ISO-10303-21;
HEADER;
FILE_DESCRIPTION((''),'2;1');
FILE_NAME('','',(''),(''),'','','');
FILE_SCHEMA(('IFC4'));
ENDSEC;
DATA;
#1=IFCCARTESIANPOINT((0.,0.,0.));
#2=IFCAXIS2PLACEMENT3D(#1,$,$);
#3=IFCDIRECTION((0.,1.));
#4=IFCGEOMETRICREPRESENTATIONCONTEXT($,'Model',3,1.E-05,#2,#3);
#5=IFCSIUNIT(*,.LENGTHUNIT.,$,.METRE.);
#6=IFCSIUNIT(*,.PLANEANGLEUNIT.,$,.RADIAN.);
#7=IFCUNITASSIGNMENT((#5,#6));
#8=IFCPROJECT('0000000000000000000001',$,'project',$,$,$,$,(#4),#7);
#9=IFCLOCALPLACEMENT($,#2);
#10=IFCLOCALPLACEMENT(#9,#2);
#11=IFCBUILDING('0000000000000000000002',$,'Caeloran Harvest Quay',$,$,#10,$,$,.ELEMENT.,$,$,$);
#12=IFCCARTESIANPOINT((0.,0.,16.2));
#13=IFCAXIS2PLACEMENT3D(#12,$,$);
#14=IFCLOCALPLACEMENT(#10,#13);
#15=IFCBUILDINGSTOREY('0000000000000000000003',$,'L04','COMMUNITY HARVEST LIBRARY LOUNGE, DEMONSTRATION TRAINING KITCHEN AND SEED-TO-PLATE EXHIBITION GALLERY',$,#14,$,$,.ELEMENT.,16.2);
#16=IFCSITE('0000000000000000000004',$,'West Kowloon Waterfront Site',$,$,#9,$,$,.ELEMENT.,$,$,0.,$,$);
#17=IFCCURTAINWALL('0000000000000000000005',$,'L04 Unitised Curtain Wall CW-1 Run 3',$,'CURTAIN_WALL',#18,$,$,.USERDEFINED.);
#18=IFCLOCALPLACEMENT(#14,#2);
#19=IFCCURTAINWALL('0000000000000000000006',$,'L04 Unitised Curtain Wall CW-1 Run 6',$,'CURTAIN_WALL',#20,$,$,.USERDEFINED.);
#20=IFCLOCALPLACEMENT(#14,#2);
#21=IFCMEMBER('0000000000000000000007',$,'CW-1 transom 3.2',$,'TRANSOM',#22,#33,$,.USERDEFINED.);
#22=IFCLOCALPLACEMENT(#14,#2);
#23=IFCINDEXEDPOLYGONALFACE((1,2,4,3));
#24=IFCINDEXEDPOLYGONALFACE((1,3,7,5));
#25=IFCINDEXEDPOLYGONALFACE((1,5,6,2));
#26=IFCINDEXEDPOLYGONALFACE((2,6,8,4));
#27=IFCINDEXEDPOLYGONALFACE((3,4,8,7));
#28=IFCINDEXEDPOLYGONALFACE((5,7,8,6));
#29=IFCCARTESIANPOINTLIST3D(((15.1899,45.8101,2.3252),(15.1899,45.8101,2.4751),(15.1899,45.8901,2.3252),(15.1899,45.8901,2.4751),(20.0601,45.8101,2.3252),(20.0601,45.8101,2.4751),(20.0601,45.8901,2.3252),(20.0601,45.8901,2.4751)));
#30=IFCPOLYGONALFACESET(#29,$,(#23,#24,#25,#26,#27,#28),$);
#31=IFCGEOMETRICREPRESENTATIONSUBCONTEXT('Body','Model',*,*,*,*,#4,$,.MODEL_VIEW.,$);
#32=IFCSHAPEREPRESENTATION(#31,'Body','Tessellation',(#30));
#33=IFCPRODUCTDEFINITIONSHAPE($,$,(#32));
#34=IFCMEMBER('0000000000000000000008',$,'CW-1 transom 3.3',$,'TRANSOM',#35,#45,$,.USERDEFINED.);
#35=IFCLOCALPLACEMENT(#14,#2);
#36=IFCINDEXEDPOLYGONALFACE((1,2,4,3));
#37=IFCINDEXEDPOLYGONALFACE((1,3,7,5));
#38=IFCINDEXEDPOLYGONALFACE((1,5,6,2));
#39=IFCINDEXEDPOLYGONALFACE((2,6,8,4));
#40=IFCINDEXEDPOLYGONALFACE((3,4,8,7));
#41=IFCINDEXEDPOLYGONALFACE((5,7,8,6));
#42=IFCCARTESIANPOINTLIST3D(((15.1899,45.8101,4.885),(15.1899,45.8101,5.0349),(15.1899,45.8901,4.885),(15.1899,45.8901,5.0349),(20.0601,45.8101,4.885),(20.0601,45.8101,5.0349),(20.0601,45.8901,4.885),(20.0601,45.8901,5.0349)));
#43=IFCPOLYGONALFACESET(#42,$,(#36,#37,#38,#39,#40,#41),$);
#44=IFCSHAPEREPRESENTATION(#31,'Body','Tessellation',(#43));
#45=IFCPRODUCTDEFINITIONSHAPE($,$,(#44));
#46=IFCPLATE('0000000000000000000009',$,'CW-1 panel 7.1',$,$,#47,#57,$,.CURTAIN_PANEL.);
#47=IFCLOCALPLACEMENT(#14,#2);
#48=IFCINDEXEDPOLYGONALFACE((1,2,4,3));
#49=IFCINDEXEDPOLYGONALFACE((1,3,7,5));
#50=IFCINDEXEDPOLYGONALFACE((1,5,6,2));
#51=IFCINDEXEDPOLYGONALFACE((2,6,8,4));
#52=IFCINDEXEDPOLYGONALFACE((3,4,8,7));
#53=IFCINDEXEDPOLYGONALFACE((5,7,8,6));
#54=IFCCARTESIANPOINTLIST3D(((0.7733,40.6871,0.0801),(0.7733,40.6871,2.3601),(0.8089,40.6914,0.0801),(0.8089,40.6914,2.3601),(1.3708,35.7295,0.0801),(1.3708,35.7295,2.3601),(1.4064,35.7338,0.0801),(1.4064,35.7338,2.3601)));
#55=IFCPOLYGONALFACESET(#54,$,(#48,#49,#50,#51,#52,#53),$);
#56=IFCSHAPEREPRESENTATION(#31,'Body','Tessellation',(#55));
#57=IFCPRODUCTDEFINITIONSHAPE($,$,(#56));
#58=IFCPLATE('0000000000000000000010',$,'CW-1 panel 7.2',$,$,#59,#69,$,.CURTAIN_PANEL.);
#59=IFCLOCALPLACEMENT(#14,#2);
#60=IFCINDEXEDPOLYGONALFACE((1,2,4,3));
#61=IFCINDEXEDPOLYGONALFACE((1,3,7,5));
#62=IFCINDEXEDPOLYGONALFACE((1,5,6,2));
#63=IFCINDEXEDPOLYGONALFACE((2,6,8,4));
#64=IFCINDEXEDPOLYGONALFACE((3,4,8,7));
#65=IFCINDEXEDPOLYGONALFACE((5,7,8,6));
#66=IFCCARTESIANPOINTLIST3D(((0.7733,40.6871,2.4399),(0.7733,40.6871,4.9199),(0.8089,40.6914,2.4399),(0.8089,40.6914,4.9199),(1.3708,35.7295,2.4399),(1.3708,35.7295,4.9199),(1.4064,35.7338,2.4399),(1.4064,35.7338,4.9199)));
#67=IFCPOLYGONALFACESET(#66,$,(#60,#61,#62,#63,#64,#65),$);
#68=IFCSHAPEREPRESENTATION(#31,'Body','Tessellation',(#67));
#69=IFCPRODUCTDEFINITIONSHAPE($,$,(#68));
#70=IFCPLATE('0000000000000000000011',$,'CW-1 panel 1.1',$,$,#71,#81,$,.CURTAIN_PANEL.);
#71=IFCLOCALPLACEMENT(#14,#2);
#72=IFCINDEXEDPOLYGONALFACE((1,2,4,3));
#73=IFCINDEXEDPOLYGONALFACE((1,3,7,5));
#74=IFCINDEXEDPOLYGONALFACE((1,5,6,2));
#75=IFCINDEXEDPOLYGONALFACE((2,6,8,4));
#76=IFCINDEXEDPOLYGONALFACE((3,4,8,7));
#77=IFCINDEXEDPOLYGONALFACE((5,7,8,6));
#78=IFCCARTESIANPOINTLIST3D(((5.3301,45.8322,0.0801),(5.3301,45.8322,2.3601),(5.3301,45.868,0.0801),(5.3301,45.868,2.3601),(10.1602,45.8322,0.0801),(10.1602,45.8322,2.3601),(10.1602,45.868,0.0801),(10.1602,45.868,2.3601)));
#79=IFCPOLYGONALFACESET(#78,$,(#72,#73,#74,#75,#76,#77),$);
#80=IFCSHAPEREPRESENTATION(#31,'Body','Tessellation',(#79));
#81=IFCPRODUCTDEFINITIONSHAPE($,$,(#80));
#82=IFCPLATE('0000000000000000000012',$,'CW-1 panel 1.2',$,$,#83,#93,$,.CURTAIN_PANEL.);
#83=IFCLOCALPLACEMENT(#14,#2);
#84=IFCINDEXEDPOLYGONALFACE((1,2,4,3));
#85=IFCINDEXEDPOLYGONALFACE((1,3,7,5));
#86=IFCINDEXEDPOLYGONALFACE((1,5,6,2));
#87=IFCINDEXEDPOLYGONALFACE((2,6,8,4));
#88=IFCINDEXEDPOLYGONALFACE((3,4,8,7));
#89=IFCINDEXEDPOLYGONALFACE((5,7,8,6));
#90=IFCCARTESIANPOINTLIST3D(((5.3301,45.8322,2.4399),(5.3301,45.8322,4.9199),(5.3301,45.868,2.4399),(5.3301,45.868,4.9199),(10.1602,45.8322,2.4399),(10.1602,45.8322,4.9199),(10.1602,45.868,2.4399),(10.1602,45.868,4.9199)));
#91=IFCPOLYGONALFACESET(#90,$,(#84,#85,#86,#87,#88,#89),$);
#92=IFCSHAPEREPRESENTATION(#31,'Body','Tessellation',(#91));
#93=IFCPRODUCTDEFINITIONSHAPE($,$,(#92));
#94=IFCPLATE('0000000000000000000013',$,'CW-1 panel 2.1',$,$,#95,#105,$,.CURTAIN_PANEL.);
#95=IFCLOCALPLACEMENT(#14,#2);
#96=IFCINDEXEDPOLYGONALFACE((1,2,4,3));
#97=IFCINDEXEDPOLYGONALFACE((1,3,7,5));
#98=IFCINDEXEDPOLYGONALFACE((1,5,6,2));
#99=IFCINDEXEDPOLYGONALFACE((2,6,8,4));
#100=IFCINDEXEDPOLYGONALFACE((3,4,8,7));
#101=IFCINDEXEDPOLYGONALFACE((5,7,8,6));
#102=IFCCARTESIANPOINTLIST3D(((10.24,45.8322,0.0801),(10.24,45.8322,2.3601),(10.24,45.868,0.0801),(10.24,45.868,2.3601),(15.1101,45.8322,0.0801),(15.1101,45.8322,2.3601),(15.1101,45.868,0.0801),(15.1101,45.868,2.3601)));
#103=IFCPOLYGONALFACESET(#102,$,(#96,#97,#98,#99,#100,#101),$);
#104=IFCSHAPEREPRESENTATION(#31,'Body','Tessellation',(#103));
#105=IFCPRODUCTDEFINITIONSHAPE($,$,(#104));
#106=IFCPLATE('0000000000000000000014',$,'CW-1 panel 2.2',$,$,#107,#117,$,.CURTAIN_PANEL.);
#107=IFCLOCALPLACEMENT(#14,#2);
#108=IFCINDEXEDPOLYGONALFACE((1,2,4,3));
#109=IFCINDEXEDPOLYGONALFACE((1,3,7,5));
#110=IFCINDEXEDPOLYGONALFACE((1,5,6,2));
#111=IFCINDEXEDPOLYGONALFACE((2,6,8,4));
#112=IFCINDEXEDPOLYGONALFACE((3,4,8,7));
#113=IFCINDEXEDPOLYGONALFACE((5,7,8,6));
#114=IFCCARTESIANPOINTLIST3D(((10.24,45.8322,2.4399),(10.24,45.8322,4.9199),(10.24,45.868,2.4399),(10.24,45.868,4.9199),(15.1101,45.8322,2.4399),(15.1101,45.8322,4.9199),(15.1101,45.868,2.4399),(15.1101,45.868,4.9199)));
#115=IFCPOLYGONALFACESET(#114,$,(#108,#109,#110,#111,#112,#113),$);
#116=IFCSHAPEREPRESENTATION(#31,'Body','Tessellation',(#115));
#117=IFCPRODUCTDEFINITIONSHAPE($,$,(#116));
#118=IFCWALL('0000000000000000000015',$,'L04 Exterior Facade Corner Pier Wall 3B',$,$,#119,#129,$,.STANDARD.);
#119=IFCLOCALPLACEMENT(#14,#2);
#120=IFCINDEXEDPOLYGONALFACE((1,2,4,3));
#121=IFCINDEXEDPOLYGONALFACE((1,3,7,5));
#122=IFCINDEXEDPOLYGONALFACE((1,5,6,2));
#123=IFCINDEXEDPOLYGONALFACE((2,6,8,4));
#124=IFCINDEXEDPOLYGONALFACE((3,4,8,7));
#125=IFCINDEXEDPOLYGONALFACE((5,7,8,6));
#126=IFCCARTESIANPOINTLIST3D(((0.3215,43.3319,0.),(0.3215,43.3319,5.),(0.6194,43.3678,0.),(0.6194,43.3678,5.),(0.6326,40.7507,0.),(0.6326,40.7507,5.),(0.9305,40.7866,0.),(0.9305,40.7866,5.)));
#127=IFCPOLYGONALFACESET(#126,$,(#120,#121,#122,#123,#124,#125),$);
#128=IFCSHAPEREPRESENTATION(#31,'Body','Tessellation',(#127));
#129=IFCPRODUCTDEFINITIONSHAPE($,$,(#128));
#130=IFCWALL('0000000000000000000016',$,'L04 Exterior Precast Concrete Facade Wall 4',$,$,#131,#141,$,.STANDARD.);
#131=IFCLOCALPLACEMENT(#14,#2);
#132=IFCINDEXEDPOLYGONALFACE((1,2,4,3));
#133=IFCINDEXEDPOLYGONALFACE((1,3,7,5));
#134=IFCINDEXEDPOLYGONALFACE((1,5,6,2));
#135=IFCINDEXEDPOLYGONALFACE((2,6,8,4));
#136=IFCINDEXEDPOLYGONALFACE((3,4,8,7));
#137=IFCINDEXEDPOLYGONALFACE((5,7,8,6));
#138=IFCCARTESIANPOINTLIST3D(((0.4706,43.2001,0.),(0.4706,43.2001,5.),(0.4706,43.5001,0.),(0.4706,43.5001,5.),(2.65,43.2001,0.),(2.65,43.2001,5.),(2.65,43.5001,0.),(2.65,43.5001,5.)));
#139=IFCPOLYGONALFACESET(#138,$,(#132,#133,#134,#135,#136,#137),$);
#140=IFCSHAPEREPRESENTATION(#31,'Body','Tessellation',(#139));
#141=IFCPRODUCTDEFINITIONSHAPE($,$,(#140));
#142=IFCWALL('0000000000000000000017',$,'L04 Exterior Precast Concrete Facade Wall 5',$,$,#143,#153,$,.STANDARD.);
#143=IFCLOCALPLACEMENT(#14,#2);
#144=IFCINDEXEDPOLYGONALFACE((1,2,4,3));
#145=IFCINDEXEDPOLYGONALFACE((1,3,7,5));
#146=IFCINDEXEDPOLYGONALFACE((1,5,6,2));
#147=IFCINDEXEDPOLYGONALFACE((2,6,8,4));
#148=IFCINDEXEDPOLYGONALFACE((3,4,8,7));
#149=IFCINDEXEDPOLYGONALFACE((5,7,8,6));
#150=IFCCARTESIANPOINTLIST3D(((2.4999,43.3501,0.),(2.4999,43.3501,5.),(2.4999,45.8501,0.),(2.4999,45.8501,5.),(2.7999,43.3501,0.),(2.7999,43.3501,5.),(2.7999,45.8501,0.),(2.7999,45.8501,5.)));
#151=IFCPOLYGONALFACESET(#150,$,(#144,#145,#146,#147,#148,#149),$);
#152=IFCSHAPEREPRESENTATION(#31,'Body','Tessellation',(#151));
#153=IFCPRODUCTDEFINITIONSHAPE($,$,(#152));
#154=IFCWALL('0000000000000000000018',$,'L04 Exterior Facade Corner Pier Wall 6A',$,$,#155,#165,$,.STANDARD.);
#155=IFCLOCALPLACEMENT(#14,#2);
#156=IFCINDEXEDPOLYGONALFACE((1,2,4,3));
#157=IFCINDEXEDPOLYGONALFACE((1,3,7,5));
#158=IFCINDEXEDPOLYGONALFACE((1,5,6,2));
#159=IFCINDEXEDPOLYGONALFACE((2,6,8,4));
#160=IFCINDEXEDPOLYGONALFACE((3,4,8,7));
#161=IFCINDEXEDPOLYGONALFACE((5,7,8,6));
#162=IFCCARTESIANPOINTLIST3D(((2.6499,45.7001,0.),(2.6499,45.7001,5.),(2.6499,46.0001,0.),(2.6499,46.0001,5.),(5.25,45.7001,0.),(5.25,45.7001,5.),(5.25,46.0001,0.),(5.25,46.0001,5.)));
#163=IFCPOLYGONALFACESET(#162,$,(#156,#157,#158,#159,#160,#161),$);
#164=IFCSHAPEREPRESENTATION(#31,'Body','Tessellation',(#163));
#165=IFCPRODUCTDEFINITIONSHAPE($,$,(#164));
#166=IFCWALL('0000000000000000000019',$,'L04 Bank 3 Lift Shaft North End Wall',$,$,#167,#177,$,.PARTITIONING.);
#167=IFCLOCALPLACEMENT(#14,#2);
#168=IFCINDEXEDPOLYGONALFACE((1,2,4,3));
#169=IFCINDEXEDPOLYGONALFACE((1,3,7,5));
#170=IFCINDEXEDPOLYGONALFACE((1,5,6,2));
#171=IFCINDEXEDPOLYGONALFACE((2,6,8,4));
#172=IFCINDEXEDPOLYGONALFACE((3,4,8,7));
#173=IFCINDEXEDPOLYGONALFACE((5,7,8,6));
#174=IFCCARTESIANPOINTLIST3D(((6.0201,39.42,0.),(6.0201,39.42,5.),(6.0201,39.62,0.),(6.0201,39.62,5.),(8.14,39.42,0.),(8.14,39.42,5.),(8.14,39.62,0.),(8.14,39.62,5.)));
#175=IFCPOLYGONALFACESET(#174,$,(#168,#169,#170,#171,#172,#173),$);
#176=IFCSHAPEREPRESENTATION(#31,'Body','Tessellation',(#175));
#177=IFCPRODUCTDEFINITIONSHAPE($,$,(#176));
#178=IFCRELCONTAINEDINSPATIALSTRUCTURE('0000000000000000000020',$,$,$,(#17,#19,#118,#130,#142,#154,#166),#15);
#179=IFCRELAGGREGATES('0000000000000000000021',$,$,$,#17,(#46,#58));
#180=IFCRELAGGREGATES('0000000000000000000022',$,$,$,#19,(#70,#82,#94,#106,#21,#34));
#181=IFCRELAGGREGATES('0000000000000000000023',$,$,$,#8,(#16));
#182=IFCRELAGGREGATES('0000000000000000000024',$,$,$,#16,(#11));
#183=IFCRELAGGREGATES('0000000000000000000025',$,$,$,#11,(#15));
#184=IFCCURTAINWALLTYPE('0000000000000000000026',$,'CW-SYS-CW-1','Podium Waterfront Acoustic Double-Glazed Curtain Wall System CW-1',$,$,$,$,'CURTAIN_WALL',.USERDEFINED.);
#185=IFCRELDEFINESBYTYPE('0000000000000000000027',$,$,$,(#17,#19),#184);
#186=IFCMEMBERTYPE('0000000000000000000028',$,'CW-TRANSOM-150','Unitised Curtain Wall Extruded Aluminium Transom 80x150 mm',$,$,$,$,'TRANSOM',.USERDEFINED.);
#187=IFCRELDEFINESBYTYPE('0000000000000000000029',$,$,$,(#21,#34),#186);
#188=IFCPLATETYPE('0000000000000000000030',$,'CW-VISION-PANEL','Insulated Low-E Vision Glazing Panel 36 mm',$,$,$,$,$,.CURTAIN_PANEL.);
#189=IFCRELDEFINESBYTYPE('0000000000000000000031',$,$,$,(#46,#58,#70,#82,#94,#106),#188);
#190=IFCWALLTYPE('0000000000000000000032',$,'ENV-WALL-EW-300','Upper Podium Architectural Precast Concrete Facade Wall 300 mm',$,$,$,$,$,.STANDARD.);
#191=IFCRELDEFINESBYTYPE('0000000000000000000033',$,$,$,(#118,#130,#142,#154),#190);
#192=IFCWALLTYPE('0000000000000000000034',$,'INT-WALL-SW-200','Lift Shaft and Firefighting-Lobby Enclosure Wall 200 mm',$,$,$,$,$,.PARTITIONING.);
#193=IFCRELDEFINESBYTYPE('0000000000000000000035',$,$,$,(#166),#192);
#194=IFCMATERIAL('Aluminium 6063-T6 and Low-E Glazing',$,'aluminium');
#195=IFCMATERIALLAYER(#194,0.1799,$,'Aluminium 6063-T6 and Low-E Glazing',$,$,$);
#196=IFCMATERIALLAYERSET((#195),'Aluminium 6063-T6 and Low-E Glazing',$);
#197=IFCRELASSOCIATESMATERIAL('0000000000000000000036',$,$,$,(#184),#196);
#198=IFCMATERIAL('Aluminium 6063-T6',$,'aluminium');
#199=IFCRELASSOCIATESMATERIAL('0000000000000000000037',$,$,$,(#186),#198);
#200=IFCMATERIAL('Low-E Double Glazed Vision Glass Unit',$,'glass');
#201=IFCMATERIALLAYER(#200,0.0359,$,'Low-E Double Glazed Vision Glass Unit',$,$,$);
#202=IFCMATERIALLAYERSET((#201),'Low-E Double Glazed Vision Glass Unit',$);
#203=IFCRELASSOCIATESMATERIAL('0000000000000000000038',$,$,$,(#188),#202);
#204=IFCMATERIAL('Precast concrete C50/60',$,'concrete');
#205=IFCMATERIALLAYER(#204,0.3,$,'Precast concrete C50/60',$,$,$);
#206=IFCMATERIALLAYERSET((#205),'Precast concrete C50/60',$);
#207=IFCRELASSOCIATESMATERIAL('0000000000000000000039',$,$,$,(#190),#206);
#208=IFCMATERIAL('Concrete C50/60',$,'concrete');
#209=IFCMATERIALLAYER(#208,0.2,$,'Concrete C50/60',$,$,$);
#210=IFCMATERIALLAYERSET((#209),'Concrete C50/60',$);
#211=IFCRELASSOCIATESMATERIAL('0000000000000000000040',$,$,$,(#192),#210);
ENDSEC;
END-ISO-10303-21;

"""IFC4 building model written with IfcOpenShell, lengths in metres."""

from ifc_helpers import new_model, si_unit, direction, frame, frame_2d, origin, origin_2d, place, context, subcontext, project, spatial, rectangle, extrude, material, layer, layer_set, material_profile, profile_set, type_object, element, aggregate, save


model = new_model("IFC4")

# Units and contexts
model_context = context("Model", 3, precision=1e-05, world=origin(), true_north=direction((0.0, 1.0)))
body_context = subcontext(model_context, "Body", "Model", "MODEL_VIEW")
ifc_project = project(units=[si_unit("LENGTHUNIT", "METRE"), si_unit("PLANEANGLEUNIT", "RADIAN")], contexts=[model_context])

# Site, building, storey
site_placement = place(None, origin())
site = spatial("IfcSite", under=ifc_project, at=site_placement, Name="West Kowloon Waterfront Site", CompositionType="ELEMENT", RefElevation=0.0)
building_placement = place(site_placement, origin())
building = spatial("IfcBuilding", under=site, at=building_placement, Name="Caeloran Harvest Quay", CompositionType="ELEMENT")
storey_placement = place(building_placement, frame((0.0, 0.0, 16.2)))
storey = spatial("IfcBuildingStorey", under=building, at=storey_placement, Name="L04", Description="COMMUNITY HARVEST LIBRARY LOUNGE, DEMONSTRATION TRAINING KITCHEN AND SEED-TO-PLATE EXHIBITION GALLERY", CompositionType="ELEMENT", Elevation=16.2)

# Curtain walls
ifc_material_1 = material(Name="Aluminium 6063-T6 and Low-E Glazing", Category="aluminium")
ifc_layer_1 = layer(ifc_material_1, 0.1799, Name="Aluminium 6063-T6 and Low-E Glazing")
ifc_layer_set_1 = layer_set([ifc_layer_1], Name="Aluminium 6063-T6 and Low-E Glazing")
curtain_wall_type = type_object("IfcCurtainWallType", Name="CW-SYS-CW-1", Description="Podium Waterfront Acoustic Double-Glazed Curtain Wall System CW-1", ElementType="CURTAIN_WALL", PredefinedType="USERDEFINED", material=ifc_layer_set_1)
curtain_wall_1_placement = place(storey_placement, origin())
curtain_wall_1 = element("IfcCurtainWall", 1, at=curtain_wall_1_placement, inside=storey, type_object=curtain_wall_type, Name="L04 Unitised Curtain Wall CW-1 Run 3", ObjectType="CURTAIN_WALL", PredefinedType="USERDEFINED")
ifc_material_2 = material(Name="Aluminium 6063-T6", Category="aluminium")
curtain_wall_2_placement = place(storey_placement, origin())
curtain_wall_2 = element("IfcCurtainWall", 2, at=curtain_wall_2_placement, inside=storey, type_object=curtain_wall_type, Name="L04 Unitised Curtain Wall CW-1 Run 6", ObjectType="CURTAIN_WALL", PredefinedType="USERDEFINED")

# Members
ifc_material_profile_1 = material_profile(ifc_material_2, rectangle(XDim=0.0801, YDim=0.1499, at=origin_2d()), Name="CW-TRANSOM-150")
ifc_profile_set_1 = profile_set([ifc_material_profile_1], Name="Aluminium 6063-T6")
member_type_1 = type_object("IfcMemberType", Name="CW-TRANSOM-150", Description="Unitised Curtain Wall Extruded Aluminium Transom 80x150 mm", ElementType="TRANSOM", PredefinedType="USERDEFINED", material=ifc_profile_set_1)
member_1_placement = place(storey_placement, frame((15.1899, 45.8501, 2.4001), z_axis=(1.0, 0.0, 0.0), x_axis=(0.0, 1.0, 0.0)))
member_1 = element("IfcMember", 3, at=member_1_placement, type_object=member_type_1, Name="CW-1 transom 3.2", ObjectType="TRANSOM", PredefinedType="USERDEFINED", context=body_context, shape_type="SweptSolid", body=[
    extrude(rectangle(XDim=0.0801, YDim=0.1499, at=origin_2d()), origin(), (0.0, 0.0, 1.0), 4.8701),
])
member_2_placement = place(storey_placement, frame((15.1899, 45.8501, 4.96), z_axis=(1.0, 0.0, 0.0), x_axis=(0.0, 1.0, 0.0)))
member_2 = element("IfcMember", 4, at=member_2_placement, type_object=member_type_1, Name="CW-1 transom 3.3", ObjectType="TRANSOM", PredefinedType="USERDEFINED", context=body_context, shape_type="SweptSolid", body=[
    extrude(rectangle(XDim=0.0801, YDim=0.1499, at=origin_2d()), origin(), (0.0, 0.0, 1.0), 4.8701),
])

# Plates
ifc_material_3 = material(Name="Low-E Double Glazed Vision Glass Unit", Category="glass")
ifc_layer_2 = layer(ifc_material_3, 0.0359, Name="Low-E Double Glazed Vision Glass Unit")
ifc_layer_set_2 = layer_set([ifc_layer_2], Name="Low-E Double Glazed Vision Glass Unit")
plate_type = type_object("IfcPlateType", Name="CW-VISION-PANEL", Description="Insulated Low-E Vision Glazing Panel 36 mm", PredefinedType="CURTAIN_PANEL", material=ifc_layer_set_2)
plate_1_placement = place(storey_placement, frame((1.0898, 38.2104, 0.0801), z_axis=(0.0, 0.0, 1.0), x_axis=(-0.119655, 0.992816, 0.0)))
plate_1 = element("IfcPlate", 5, at=plate_1_placement, type_object=plate_type, Name="CW-1 panel 7.1", PredefinedType="CURTAIN_PANEL", context=body_context, shape_type="SweptSolid", body=[
    extrude(rectangle(XDim=4.9934, YDim=0.0359, at=origin_2d()), origin(), (0.0, 0.0, 1.0), 2.28),
])
plate_2_placement = place(storey_placement, frame((1.0898, 38.2104, 2.4399), z_axis=(0.0, 0.0, 1.0), x_axis=(-0.119655, 0.992816, 0.0)))
plate_2 = element("IfcPlate", 6, at=plate_2_placement, type_object=plate_type, Name="CW-1 panel 7.2", PredefinedType="CURTAIN_PANEL", context=body_context, shape_type="SweptSolid", body=[
    extrude(rectangle(XDim=4.9934, YDim=0.0359, at=origin_2d()), origin(), (0.0, 0.0, 1.0), 2.48),
])
aggregate(curtain_wall_1, [plate_1, plate_2])
plate_3_placement = place(storey_placement, frame((7.7451, 45.8501, 0.0801), z_axis=(0.0, 0.0, 1.0), x_axis=(1.0, 0.0, 0.0)))
plate_3 = element("IfcPlate", 7, at=plate_3_placement, type_object=plate_type, Name="CW-1 panel 1.1", PredefinedType="CURTAIN_PANEL", context=body_context, shape_type="SweptSolid", body=[
    extrude(rectangle(XDim=4.8301, YDim=0.0359, at=origin_2d()), origin(), (0.0, 0.0, 1.0), 2.28),
])
plate_4_placement = place(storey_placement, frame((7.7451, 45.8501, 2.4399), z_axis=(0.0, 0.0, 1.0), x_axis=(1.0, 0.0, 0.0)))
plate_4 = element("IfcPlate", 8, at=plate_4_placement, type_object=plate_type, Name="CW-1 panel 1.2", PredefinedType="CURTAIN_PANEL", context=body_context, shape_type="SweptSolid", body=[
    extrude(rectangle(XDim=4.8301, YDim=0.0359, at=origin_2d()), origin(), (0.0, 0.0, 1.0), 2.48),
])
plate_5_placement = place(storey_placement, frame((12.675, 45.8501, 0.0801), z_axis=(0.0, 0.0, 1.0), x_axis=(1.0, 0.0, 0.0)))
plate_5 = element("IfcPlate", 9, at=plate_5_placement, type_object=plate_type, Name="CW-1 panel 2.1", PredefinedType="CURTAIN_PANEL", context=body_context, shape_type="SweptSolid", body=[
    extrude(rectangle(XDim=4.8701, YDim=0.0359, at=origin_2d()), origin(), (0.0, 0.0, 1.0), 2.28),
])
plate_6_placement = place(storey_placement, frame((12.675, 45.8501, 2.4399), z_axis=(0.0, 0.0, 1.0), x_axis=(1.0, 0.0, 0.0)))
plate_6 = element("IfcPlate", 10, at=plate_6_placement, type_object=plate_type, Name="CW-1 panel 2.2", PredefinedType="CURTAIN_PANEL", context=body_context, shape_type="SweptSolid", body=[
    extrude(rectangle(XDim=4.8701, YDim=0.0359, at=origin_2d()), origin(), (0.0, 0.0, 1.0), 2.48),
])
aggregate(curtain_wall_2, [plate_3, plate_4, plate_5, plate_6, member_1, member_2])

# Walls
ifc_material_4 = material(Name="Precast concrete C50/60", Category="concrete")
ifc_layer_3 = layer(ifc_material_4, 0.3, Name="Precast concrete C50/60")
ifc_layer_set_3 = layer_set([ifc_layer_3], Name="Precast concrete C50/60")
wall_type_1 = type_object("IfcWallType", Name="ENV-WALL-EW-300", Description="Upper Podium Architectural Precast Concrete Facade Wall 300 mm", PredefinedType="STANDARD", material=ifc_layer_set_3)
wall_1_placement = place(storey_placement, frame((0.7815, 40.7688, 0.0), z_axis=(0.0, 0.0, 1.0), x_axis=(-0.11963, 0.992819, 0.0)))
element("IfcWall", 11, at=wall_1_placement, inside=storey, type_object=wall_type_1, Name="L04 Exterior Facade Corner Pier Wall 3B", PredefinedType="STANDARD", context=body_context, shape_type="SweptSolid", body=[
    extrude(rectangle(XDim=2.5999, YDim=0.3, at=frame_2d((1.2998, 0.0))), origin(), (0.0, 0.0, 1.0), 5.0),
])
wall_2_placement = place(storey_placement, frame((0.4705, 43.3501, 0.0), z_axis=(0.0, 0.0, 1.0), x_axis=(1.0, 0.0, 0.0)))
element("IfcWall", 12, at=wall_2_placement, inside=storey, type_object=wall_type_1, Name="L04 Exterior Precast Concrete Facade Wall 4", PredefinedType="STANDARD", context=body_context, shape_type="SweptSolid", body=[
    extrude(rectangle(XDim=2.1794, YDim=0.3, at=frame_2d((1.0898, 0.0))), origin(), (0.0, 0.0, 1.0), 5.0),
])
wall_3_placement = place(storey_placement, frame((2.6499, 43.3501, 0.0), z_axis=(0.0, 0.0, 1.0), x_axis=(0.0, 1.0, 0.0)))
element("IfcWall", 13, at=wall_3_placement, inside=storey, type_object=wall_type_1, Name="L04 Exterior Precast Concrete Facade Wall 5", PredefinedType="STANDARD", context=body_context, shape_type="SweptSolid", body=[
    extrude(rectangle(XDim=2.5, YDim=0.3, at=frame_2d((1.25, 0.0))), origin(), (0.0, 0.0, 1.0), 5.0),
])
wall_4_placement = place(storey_placement, frame((2.6499, 45.8501, 0.0), z_axis=(0.0, 0.0, 1.0), x_axis=(1.0, 0.0, 0.0)))
element("IfcWall", 14, at=wall_4_placement, inside=storey, type_object=wall_type_1, Name="L04 Exterior Facade Corner Pier Wall 6A", PredefinedType="STANDARD", context=body_context, shape_type="SweptSolid", body=[
    extrude(rectangle(XDim=2.6001, YDim=0.3, at=frame_2d((1.3, 0.0))), origin(), (0.0, 0.0, 1.0), 5.0),
])
ifc_material_5 = material(Name="Concrete C50/60", Category="concrete")
ifc_layer_4 = layer(ifc_material_5, 0.2, Name="Concrete C50/60")
ifc_layer_set_4 = layer_set([ifc_layer_4], Name="Concrete C50/60")
wall_type_2 = type_object("IfcWallType", Name="INT-WALL-SW-200", Description="Lift Shaft and Firefighting-Lobby Enclosure Wall 200 mm", PredefinedType="PARTITIONING", material=ifc_layer_set_4)
wall_5_placement = place(storey_placement, frame((6.02, 39.52, 0.0), z_axis=(0.0, 0.0, 1.0), x_axis=(1.0, 0.0, 0.0)))
element("IfcWall", 15, at=wall_5_placement, inside=storey, type_object=wall_type_2, Name="L04 Bank 3 Lift Shaft North End Wall", PredefinedType="PARTITIONING", context=body_context, shape_type="SweptSolid", body=[
    extrude(rectangle(XDim=2.1199, YDim=0.2, at=frame_2d((1.0601, 0.0))), origin(), (0.0, 0.0, 1.0), 5.0),
])

save(model, "model.ifc")
